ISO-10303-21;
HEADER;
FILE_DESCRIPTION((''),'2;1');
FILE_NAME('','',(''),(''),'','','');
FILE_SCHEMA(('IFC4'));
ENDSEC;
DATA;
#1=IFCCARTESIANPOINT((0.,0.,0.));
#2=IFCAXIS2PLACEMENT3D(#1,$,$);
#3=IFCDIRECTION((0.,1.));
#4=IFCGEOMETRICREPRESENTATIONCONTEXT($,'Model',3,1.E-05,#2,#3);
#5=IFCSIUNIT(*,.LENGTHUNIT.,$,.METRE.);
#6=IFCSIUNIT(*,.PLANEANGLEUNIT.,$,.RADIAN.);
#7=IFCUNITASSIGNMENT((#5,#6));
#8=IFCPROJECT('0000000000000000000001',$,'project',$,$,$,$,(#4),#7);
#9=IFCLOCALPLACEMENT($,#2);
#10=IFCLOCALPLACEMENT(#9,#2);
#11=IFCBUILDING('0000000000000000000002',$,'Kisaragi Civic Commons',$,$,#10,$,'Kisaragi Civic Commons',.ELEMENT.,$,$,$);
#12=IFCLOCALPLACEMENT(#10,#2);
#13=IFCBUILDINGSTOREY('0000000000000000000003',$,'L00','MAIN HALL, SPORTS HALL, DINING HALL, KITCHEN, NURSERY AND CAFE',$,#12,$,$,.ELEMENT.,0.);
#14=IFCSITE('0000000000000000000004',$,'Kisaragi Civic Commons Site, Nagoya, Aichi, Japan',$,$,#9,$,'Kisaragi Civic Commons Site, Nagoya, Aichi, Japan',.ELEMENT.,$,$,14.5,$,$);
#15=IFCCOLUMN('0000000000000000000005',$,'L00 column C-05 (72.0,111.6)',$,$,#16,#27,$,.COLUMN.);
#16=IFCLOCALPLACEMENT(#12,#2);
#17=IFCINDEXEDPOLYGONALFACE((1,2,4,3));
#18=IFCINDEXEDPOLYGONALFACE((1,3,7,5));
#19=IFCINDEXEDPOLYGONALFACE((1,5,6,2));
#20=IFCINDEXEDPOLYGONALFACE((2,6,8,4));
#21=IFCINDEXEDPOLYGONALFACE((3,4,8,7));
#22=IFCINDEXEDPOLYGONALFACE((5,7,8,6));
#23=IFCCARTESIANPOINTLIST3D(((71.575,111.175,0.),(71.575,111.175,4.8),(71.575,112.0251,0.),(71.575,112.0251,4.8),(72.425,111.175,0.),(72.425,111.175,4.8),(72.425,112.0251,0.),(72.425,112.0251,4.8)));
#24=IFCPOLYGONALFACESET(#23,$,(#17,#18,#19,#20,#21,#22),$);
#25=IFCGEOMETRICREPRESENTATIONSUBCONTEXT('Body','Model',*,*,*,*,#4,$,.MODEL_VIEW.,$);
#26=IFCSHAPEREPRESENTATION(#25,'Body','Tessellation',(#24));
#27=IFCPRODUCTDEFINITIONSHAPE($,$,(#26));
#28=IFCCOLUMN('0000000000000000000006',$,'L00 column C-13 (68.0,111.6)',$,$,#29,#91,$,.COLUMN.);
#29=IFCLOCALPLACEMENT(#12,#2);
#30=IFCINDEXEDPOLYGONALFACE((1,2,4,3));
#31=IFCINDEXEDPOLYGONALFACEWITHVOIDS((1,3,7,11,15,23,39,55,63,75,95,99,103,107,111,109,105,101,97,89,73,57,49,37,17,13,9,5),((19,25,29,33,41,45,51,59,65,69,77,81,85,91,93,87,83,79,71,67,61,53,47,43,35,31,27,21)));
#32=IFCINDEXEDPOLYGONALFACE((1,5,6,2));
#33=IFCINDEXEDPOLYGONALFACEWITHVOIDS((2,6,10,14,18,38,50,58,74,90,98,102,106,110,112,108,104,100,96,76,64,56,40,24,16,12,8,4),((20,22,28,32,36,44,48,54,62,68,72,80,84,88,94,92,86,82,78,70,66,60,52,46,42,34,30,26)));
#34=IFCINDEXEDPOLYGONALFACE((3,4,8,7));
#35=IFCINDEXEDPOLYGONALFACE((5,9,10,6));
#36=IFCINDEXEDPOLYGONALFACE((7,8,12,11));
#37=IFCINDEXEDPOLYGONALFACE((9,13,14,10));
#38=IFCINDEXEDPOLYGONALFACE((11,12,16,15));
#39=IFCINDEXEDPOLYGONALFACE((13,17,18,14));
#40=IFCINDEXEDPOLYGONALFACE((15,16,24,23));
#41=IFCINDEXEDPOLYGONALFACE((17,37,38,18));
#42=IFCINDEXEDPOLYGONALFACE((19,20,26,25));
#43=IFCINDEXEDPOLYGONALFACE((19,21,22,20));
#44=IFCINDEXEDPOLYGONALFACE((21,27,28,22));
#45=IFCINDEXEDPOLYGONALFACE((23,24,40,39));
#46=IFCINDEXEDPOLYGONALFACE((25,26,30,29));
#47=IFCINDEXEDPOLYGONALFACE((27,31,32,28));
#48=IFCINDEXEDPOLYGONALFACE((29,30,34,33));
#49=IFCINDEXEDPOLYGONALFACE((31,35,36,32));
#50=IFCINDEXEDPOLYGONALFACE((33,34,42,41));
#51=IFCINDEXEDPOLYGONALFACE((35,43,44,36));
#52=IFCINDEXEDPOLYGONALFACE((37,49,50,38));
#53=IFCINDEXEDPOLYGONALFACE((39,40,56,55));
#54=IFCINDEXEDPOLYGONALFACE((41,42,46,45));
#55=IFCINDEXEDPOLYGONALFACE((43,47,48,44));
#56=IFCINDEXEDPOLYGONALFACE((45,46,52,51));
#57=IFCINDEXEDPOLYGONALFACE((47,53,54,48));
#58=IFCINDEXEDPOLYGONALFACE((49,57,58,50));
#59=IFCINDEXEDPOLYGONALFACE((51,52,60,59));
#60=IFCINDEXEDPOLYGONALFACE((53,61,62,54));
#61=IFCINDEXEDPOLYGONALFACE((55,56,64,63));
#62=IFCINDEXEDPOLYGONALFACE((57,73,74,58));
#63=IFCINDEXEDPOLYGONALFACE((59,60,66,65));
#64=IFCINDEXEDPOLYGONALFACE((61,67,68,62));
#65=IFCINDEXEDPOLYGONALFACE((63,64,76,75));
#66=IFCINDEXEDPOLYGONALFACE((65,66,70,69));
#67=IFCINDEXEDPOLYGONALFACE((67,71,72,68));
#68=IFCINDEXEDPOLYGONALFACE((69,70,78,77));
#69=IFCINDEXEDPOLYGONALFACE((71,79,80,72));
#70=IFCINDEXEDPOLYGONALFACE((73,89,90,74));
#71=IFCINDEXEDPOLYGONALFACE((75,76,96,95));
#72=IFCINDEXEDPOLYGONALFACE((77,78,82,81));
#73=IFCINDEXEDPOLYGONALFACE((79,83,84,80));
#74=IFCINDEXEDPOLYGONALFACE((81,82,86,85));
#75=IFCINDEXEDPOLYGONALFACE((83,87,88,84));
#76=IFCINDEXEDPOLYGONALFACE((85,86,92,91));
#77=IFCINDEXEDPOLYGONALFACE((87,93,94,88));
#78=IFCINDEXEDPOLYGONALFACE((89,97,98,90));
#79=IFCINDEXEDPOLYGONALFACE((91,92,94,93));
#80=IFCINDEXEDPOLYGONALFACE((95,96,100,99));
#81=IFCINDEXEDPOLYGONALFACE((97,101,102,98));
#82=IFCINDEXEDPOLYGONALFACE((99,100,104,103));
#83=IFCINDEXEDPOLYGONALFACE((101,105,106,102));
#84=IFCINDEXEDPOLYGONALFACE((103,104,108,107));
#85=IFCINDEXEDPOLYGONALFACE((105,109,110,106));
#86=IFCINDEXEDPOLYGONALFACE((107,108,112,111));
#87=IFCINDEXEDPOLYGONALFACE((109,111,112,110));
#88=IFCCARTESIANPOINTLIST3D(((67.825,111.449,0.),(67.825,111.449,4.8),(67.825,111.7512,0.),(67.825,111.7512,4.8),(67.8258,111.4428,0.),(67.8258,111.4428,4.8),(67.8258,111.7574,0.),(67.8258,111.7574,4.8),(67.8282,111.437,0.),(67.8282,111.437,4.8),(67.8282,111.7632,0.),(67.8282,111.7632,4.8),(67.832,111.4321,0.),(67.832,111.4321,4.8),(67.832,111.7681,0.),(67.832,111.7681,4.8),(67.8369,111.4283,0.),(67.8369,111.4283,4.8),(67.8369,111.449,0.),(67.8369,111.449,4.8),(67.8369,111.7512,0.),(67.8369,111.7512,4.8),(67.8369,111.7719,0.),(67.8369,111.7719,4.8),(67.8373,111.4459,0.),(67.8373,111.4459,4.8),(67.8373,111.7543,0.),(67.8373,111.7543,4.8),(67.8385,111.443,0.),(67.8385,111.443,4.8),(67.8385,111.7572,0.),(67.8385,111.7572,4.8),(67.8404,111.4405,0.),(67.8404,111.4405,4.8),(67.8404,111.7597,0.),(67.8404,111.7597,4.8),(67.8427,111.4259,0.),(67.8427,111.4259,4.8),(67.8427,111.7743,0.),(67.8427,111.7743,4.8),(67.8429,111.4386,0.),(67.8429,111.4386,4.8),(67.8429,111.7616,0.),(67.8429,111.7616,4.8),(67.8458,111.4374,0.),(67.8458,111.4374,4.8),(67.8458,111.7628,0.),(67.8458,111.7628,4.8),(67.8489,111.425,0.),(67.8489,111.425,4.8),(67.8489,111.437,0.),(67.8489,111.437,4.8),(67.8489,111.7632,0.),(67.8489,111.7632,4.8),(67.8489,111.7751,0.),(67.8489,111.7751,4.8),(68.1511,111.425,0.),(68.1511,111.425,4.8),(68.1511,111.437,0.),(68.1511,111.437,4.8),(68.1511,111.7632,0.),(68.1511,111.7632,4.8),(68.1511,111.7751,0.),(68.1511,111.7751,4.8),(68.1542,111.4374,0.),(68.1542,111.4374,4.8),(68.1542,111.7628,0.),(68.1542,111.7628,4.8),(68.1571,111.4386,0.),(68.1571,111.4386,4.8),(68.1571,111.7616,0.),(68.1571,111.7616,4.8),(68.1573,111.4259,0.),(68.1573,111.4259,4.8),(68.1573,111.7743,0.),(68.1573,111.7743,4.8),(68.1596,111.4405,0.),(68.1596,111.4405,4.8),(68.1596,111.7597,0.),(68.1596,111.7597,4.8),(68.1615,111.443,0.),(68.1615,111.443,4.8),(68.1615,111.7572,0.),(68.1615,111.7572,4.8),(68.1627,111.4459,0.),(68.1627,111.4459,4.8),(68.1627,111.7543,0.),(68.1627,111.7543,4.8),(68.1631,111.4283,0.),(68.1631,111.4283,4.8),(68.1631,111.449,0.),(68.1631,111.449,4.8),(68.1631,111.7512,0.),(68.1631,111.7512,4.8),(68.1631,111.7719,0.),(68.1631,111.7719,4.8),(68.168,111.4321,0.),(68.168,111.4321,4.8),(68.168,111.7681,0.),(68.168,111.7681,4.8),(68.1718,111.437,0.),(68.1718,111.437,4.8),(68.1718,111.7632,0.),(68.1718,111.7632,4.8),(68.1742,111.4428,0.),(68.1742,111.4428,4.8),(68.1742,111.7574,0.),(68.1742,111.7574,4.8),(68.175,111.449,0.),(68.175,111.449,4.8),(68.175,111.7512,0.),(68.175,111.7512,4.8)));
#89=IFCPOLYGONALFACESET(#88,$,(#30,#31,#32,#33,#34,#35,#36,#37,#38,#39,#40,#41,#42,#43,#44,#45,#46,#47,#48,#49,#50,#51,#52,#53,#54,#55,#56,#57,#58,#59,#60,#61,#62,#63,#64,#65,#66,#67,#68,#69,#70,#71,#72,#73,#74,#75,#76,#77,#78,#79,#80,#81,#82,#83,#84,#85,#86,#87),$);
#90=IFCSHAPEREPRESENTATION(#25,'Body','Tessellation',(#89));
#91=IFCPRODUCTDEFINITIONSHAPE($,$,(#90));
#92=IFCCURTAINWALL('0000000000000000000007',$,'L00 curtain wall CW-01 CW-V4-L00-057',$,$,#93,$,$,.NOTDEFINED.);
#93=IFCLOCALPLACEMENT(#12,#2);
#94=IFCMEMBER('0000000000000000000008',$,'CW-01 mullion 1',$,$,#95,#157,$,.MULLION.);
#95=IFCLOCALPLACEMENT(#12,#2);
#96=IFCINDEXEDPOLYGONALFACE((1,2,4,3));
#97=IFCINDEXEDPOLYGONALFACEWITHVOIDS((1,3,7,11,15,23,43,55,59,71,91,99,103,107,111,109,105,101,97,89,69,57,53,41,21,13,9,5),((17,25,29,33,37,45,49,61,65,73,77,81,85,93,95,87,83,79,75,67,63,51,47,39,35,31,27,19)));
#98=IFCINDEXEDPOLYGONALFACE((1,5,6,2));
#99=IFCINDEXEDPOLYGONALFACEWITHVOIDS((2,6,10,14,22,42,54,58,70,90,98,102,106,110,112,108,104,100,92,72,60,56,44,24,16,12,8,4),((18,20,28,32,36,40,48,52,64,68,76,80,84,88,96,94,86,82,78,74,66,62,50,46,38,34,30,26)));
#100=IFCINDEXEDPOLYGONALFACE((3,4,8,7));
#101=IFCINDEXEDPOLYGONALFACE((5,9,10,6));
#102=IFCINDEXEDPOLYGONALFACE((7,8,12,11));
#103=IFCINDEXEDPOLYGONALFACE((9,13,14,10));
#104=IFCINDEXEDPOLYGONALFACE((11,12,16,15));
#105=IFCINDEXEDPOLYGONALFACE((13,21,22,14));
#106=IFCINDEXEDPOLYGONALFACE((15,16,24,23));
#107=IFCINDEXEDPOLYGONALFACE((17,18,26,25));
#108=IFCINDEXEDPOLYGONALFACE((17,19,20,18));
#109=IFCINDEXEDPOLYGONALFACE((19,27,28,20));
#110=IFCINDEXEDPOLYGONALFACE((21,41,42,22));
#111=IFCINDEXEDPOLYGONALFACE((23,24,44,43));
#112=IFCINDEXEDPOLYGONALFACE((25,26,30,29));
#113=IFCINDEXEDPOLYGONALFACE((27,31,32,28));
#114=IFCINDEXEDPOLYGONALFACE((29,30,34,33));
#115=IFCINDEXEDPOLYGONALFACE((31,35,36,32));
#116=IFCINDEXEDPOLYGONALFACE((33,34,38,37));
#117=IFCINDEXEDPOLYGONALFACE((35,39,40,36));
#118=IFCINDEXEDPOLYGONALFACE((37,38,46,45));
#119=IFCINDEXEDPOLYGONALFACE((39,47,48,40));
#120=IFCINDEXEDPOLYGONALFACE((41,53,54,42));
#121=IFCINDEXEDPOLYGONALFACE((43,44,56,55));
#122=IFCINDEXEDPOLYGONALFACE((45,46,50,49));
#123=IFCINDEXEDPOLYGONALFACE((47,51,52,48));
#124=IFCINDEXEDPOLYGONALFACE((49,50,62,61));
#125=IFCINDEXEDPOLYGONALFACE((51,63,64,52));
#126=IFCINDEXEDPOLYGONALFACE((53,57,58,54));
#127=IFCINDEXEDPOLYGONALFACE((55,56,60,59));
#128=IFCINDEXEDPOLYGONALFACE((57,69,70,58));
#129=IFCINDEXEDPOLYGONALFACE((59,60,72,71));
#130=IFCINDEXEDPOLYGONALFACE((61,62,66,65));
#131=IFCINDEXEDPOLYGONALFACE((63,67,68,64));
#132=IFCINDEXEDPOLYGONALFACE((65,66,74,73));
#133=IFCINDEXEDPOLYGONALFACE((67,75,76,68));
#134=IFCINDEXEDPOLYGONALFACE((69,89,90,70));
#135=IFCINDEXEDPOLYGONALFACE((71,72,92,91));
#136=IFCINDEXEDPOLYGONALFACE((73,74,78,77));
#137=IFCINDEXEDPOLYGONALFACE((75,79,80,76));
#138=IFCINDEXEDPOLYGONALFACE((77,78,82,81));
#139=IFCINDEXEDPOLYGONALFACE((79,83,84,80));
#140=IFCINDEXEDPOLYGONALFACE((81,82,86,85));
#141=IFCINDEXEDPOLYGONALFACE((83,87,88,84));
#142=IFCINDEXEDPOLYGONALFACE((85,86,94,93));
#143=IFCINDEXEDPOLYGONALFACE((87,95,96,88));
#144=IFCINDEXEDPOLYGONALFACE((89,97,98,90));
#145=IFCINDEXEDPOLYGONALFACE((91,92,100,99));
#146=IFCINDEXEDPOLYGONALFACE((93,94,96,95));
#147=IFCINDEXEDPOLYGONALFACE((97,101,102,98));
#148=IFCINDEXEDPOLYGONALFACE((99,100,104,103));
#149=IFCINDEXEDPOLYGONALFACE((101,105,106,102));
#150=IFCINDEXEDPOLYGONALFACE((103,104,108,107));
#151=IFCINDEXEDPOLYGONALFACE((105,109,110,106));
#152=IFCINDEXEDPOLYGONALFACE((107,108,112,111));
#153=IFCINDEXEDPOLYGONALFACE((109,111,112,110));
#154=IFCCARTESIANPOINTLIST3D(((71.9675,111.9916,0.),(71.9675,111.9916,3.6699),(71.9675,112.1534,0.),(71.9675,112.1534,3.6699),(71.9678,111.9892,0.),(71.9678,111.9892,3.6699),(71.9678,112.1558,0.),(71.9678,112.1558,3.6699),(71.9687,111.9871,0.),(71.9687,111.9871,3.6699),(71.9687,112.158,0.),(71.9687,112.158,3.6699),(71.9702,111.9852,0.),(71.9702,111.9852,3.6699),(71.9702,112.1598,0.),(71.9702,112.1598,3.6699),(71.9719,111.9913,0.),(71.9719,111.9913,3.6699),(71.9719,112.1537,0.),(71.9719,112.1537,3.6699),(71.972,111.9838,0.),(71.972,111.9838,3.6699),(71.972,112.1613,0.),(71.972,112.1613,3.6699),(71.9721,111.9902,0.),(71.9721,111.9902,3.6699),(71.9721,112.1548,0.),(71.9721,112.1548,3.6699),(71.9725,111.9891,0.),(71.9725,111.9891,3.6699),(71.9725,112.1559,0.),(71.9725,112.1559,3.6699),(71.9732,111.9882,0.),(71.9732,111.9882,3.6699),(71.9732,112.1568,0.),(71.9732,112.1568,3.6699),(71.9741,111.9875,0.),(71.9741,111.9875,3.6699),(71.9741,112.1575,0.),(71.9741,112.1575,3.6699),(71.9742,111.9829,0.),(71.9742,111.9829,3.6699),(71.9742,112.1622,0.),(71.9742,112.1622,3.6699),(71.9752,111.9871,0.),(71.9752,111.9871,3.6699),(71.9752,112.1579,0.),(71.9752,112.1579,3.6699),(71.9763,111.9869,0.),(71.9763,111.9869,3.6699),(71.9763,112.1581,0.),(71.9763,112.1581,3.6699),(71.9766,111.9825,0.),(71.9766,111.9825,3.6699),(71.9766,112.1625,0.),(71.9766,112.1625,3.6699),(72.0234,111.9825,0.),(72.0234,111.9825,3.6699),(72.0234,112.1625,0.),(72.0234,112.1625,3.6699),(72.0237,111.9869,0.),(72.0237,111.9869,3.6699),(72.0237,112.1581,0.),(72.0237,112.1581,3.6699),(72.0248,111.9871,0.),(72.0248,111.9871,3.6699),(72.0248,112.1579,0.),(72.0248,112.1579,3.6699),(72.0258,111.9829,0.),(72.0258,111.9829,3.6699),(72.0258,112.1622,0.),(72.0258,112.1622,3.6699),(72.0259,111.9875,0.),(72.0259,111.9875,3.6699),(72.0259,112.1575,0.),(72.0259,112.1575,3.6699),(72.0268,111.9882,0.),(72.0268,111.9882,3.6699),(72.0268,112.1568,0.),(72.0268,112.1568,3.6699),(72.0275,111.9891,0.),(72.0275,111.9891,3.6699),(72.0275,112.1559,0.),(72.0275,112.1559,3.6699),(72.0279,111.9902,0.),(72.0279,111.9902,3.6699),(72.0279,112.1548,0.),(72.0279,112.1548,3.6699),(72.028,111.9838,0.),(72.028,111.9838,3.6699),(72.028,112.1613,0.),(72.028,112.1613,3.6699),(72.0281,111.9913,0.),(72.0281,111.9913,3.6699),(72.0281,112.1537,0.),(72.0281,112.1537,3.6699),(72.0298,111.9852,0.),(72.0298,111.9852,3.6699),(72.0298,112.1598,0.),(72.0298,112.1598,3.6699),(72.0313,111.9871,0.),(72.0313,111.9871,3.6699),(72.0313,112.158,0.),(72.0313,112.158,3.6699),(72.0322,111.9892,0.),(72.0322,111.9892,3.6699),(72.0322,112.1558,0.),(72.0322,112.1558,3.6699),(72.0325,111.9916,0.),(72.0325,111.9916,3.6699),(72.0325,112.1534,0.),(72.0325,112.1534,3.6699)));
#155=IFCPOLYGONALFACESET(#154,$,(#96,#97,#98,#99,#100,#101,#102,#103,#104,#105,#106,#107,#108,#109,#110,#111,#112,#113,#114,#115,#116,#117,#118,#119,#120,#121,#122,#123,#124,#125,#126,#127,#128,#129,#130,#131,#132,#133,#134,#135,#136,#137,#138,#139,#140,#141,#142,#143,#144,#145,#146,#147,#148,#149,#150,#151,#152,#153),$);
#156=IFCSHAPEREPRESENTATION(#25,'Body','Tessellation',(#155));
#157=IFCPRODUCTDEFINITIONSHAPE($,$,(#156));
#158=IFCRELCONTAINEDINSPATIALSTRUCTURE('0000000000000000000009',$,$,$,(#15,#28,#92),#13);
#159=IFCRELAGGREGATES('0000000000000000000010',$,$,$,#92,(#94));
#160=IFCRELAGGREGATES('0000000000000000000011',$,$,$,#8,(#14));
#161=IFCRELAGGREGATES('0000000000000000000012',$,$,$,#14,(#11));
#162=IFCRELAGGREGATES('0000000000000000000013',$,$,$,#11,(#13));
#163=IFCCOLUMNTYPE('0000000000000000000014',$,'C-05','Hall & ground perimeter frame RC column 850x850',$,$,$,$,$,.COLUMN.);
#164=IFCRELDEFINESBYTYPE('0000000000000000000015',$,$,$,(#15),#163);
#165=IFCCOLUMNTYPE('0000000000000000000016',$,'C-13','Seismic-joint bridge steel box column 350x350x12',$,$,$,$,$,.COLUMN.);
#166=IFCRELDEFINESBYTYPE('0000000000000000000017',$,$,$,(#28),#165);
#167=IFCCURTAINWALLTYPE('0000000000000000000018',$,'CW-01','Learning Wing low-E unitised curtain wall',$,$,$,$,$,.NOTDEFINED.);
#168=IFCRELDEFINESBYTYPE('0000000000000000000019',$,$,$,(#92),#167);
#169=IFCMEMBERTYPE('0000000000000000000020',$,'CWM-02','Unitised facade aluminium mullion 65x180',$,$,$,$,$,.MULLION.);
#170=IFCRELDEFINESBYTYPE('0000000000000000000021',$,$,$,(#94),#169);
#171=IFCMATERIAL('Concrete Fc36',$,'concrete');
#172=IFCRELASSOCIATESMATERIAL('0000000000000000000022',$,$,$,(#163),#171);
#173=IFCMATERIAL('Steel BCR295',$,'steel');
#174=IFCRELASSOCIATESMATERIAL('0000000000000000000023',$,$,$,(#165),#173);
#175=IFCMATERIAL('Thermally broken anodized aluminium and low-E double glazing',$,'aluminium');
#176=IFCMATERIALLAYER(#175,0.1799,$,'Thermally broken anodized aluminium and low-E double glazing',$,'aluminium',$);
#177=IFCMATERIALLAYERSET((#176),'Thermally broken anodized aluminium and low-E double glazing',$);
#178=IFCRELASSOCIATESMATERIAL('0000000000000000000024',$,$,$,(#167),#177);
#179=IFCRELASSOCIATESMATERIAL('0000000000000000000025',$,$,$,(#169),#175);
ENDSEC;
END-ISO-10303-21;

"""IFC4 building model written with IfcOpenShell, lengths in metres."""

from ifc_helpers import new_model, si_unit, direction, frame, origin, origin_2d, place, context, subcontext, project, spatial, rectangle, hollow_rectangle, extrude, material, layer, layer_set, material_profile, profile_set, type_object, element, aggregate, save


model = new_model("IFC4")

# Units and contexts
model_context = context("Model", 3, precision=1e-05, world=origin(), true_north=direction((0.0, 1.0)))
body_context = subcontext(model_context, "Body", "Model", "MODEL_VIEW")
ifc_project = project(units=[si_unit("LENGTHUNIT", "METRE"), si_unit("PLANEANGLEUNIT", "RADIAN")], contexts=[model_context])

# Site, building, storey
site_placement = place(None, origin())
site = spatial("IfcSite", under=ifc_project, at=site_placement, Name="Kisaragi Civic Commons Site, Nagoya, Aichi, Japan", LongName="Kisaragi Civic Commons Site, Nagoya, Aichi, Japan", CompositionType="ELEMENT", RefElevation=14.5)
building_placement = place(site_placement, origin())
building = spatial("IfcBuilding", under=site, at=building_placement, Name="Kisaragi Civic Commons", LongName="Kisaragi Civic Commons", CompositionType="ELEMENT")
storey_placement = place(building_placement, origin())
storey = spatial("IfcBuildingStorey", under=building, at=storey_placement, Name="L00", Description="MAIN HALL, SPORTS HALL, DINING HALL, KITCHEN, NURSERY AND CAFE", CompositionType="ELEMENT", Elevation=0.0)

# Columns
ifc_material_1 = material(Name="Concrete Fc36", Category="concrete")
ifc_material_profile_1 = material_profile(ifc_material_1, rectangle(XDim=0.8501, YDim=0.8501, at=origin_2d()), Name="RC-850x850", Category="concrete")
ifc_profile_set_1 = profile_set([ifc_material_profile_1], Name="Concrete Fc36")
column_type_1 = type_object("IfcColumnType", Name="C-05", Description="Hall & ground perimeter frame RC column 850x850", PredefinedType="COLUMN", material=ifc_profile_set_1)
column_1_placement = place(storey_placement, frame((72.0, 111.6001, 0.0), z_axis=(0.0, 0.0, 1.0), x_axis=(1.0, 0.0, 0.0)))
element("IfcColumn", 1, at=column_1_placement, inside=storey, type_object=column_type_1, Name="L00 column C-05 (72.0,111.6)", PredefinedType="COLUMN", context=body_context, shape_type="SweptSolid", body=[
    extrude(rectangle(XDim=0.8501, YDim=0.8501, at=origin_2d()), origin(), (0.0, 0.0, 1.0), 4.8),
])
ifc_material_2 = material(Name="Steel BCR295", Category="steel")
ifc_material_profile_2 = material_profile(ifc_material_2, hollow_rectangle(XDim=0.3501, YDim=0.3501, WallThickness=0.012, InnerFilletRadius=0.012, OuterFilletRadius=0.0239, at=origin_2d()), Name="BCR-350x350x12", Category="steel")
ifc_profile_set_2 = profile_set([ifc_material_profile_2], Name="Steel BCR295")
column_type_2 = type_object("IfcColumnType", Name="C-13", Description="Seismic-joint bridge steel box column 350x350x12", PredefinedType="COLUMN", material=ifc_profile_set_2)
column_2_placement = place(storey_placement, frame((68.0, 111.6001, 0.0), z_axis=(0.0, 0.0, 1.0), x_axis=(1.0, 0.0, 0.0)))
element("IfcColumn", 2, at=column_2_placement, inside=storey, type_object=column_type_2, Name="L00 column C-13 (68.0,111.6)", PredefinedType="COLUMN", context=body_context, shape_type="SweptSolid", body=[
    extrude(hollow_rectangle(XDim=0.3501, YDim=0.3501, WallThickness=0.012, InnerFilletRadius=0.012, OuterFilletRadius=0.0239, at=origin_2d()), origin(), (0.0, 0.0, 1.0), 4.8),
])

# Curtain wall, member
ifc_material_3 = material(Name="Thermally broken anodized aluminium and low-E double glazing", Category="aluminium")
ifc_layer_1 = layer(ifc_material_3, 0.1799, Name="Thermally broken anodized aluminium and low-E double glazing", Category="aluminium")
ifc_layer_set_1 = layer_set([ifc_layer_1], Name="Thermally broken anodized aluminium and low-E double glazing")
curtain_wall_type = type_object("IfcCurtainWallType", Name="CW-01", Description="Learning Wing low-E unitised curtain wall", PredefinedType="NOTDEFINED", material=ifc_layer_set_1)
curtain_wall_placement = place(storey_placement, origin())
curtain_wall = element("IfcCurtainWall", 3, at=curtain_wall_placement, inside=storey, type_object=curtain_wall_type, Name="L00 curtain wall CW-01 CW-V4-L00-057", PredefinedType="NOTDEFINED")
ifc_material_profile_3 = material_profile(ifc_material_3, hollow_rectangle(XDim=0.0649, YDim=0.1799, WallThickness=0.0044, InnerFilletRadius=0.0044, OuterFilletRadius=0.009, at=origin_2d()), Name="CWM-65x180x4.5", Category="aluminium")
ifc_profile_set_3 = profile_set([ifc_material_profile_3], Name="Thermally broken anodized aluminium and low-E double glazing")
member_type_1 = type_object("IfcMemberType", Name="CWM-02", Description="Unitised facade aluminium mullion 65x180", PredefinedType="MULLION", material=ifc_profile_set_3)
member_1_placement = place(storey_placement, frame((72.0, 112.0725, 0.0), z_axis=(0.0, 0.0, 1.0), x_axis=(-1.0, 0.0, 0.0)))
member_1 = element("IfcMember", 4, at=member_1_placement, type_object=member_type_1, Name="CW-01 mullion 1", PredefinedType="MULLION", context=body_context, shape_type="SweptSolid", body=[
    extrude(hollow_rectangle(XDim=0.0649, YDim=0.1799, WallThickness=0.0044, InnerFilletRadius=0.0044, OuterFilletRadius=0.009, at=origin_2d()), origin(), (0.0, 0.0, 1.0), 3.6699),
])

aggregate(curtain_wall, [member_1])

save(model, "model.ifc")
